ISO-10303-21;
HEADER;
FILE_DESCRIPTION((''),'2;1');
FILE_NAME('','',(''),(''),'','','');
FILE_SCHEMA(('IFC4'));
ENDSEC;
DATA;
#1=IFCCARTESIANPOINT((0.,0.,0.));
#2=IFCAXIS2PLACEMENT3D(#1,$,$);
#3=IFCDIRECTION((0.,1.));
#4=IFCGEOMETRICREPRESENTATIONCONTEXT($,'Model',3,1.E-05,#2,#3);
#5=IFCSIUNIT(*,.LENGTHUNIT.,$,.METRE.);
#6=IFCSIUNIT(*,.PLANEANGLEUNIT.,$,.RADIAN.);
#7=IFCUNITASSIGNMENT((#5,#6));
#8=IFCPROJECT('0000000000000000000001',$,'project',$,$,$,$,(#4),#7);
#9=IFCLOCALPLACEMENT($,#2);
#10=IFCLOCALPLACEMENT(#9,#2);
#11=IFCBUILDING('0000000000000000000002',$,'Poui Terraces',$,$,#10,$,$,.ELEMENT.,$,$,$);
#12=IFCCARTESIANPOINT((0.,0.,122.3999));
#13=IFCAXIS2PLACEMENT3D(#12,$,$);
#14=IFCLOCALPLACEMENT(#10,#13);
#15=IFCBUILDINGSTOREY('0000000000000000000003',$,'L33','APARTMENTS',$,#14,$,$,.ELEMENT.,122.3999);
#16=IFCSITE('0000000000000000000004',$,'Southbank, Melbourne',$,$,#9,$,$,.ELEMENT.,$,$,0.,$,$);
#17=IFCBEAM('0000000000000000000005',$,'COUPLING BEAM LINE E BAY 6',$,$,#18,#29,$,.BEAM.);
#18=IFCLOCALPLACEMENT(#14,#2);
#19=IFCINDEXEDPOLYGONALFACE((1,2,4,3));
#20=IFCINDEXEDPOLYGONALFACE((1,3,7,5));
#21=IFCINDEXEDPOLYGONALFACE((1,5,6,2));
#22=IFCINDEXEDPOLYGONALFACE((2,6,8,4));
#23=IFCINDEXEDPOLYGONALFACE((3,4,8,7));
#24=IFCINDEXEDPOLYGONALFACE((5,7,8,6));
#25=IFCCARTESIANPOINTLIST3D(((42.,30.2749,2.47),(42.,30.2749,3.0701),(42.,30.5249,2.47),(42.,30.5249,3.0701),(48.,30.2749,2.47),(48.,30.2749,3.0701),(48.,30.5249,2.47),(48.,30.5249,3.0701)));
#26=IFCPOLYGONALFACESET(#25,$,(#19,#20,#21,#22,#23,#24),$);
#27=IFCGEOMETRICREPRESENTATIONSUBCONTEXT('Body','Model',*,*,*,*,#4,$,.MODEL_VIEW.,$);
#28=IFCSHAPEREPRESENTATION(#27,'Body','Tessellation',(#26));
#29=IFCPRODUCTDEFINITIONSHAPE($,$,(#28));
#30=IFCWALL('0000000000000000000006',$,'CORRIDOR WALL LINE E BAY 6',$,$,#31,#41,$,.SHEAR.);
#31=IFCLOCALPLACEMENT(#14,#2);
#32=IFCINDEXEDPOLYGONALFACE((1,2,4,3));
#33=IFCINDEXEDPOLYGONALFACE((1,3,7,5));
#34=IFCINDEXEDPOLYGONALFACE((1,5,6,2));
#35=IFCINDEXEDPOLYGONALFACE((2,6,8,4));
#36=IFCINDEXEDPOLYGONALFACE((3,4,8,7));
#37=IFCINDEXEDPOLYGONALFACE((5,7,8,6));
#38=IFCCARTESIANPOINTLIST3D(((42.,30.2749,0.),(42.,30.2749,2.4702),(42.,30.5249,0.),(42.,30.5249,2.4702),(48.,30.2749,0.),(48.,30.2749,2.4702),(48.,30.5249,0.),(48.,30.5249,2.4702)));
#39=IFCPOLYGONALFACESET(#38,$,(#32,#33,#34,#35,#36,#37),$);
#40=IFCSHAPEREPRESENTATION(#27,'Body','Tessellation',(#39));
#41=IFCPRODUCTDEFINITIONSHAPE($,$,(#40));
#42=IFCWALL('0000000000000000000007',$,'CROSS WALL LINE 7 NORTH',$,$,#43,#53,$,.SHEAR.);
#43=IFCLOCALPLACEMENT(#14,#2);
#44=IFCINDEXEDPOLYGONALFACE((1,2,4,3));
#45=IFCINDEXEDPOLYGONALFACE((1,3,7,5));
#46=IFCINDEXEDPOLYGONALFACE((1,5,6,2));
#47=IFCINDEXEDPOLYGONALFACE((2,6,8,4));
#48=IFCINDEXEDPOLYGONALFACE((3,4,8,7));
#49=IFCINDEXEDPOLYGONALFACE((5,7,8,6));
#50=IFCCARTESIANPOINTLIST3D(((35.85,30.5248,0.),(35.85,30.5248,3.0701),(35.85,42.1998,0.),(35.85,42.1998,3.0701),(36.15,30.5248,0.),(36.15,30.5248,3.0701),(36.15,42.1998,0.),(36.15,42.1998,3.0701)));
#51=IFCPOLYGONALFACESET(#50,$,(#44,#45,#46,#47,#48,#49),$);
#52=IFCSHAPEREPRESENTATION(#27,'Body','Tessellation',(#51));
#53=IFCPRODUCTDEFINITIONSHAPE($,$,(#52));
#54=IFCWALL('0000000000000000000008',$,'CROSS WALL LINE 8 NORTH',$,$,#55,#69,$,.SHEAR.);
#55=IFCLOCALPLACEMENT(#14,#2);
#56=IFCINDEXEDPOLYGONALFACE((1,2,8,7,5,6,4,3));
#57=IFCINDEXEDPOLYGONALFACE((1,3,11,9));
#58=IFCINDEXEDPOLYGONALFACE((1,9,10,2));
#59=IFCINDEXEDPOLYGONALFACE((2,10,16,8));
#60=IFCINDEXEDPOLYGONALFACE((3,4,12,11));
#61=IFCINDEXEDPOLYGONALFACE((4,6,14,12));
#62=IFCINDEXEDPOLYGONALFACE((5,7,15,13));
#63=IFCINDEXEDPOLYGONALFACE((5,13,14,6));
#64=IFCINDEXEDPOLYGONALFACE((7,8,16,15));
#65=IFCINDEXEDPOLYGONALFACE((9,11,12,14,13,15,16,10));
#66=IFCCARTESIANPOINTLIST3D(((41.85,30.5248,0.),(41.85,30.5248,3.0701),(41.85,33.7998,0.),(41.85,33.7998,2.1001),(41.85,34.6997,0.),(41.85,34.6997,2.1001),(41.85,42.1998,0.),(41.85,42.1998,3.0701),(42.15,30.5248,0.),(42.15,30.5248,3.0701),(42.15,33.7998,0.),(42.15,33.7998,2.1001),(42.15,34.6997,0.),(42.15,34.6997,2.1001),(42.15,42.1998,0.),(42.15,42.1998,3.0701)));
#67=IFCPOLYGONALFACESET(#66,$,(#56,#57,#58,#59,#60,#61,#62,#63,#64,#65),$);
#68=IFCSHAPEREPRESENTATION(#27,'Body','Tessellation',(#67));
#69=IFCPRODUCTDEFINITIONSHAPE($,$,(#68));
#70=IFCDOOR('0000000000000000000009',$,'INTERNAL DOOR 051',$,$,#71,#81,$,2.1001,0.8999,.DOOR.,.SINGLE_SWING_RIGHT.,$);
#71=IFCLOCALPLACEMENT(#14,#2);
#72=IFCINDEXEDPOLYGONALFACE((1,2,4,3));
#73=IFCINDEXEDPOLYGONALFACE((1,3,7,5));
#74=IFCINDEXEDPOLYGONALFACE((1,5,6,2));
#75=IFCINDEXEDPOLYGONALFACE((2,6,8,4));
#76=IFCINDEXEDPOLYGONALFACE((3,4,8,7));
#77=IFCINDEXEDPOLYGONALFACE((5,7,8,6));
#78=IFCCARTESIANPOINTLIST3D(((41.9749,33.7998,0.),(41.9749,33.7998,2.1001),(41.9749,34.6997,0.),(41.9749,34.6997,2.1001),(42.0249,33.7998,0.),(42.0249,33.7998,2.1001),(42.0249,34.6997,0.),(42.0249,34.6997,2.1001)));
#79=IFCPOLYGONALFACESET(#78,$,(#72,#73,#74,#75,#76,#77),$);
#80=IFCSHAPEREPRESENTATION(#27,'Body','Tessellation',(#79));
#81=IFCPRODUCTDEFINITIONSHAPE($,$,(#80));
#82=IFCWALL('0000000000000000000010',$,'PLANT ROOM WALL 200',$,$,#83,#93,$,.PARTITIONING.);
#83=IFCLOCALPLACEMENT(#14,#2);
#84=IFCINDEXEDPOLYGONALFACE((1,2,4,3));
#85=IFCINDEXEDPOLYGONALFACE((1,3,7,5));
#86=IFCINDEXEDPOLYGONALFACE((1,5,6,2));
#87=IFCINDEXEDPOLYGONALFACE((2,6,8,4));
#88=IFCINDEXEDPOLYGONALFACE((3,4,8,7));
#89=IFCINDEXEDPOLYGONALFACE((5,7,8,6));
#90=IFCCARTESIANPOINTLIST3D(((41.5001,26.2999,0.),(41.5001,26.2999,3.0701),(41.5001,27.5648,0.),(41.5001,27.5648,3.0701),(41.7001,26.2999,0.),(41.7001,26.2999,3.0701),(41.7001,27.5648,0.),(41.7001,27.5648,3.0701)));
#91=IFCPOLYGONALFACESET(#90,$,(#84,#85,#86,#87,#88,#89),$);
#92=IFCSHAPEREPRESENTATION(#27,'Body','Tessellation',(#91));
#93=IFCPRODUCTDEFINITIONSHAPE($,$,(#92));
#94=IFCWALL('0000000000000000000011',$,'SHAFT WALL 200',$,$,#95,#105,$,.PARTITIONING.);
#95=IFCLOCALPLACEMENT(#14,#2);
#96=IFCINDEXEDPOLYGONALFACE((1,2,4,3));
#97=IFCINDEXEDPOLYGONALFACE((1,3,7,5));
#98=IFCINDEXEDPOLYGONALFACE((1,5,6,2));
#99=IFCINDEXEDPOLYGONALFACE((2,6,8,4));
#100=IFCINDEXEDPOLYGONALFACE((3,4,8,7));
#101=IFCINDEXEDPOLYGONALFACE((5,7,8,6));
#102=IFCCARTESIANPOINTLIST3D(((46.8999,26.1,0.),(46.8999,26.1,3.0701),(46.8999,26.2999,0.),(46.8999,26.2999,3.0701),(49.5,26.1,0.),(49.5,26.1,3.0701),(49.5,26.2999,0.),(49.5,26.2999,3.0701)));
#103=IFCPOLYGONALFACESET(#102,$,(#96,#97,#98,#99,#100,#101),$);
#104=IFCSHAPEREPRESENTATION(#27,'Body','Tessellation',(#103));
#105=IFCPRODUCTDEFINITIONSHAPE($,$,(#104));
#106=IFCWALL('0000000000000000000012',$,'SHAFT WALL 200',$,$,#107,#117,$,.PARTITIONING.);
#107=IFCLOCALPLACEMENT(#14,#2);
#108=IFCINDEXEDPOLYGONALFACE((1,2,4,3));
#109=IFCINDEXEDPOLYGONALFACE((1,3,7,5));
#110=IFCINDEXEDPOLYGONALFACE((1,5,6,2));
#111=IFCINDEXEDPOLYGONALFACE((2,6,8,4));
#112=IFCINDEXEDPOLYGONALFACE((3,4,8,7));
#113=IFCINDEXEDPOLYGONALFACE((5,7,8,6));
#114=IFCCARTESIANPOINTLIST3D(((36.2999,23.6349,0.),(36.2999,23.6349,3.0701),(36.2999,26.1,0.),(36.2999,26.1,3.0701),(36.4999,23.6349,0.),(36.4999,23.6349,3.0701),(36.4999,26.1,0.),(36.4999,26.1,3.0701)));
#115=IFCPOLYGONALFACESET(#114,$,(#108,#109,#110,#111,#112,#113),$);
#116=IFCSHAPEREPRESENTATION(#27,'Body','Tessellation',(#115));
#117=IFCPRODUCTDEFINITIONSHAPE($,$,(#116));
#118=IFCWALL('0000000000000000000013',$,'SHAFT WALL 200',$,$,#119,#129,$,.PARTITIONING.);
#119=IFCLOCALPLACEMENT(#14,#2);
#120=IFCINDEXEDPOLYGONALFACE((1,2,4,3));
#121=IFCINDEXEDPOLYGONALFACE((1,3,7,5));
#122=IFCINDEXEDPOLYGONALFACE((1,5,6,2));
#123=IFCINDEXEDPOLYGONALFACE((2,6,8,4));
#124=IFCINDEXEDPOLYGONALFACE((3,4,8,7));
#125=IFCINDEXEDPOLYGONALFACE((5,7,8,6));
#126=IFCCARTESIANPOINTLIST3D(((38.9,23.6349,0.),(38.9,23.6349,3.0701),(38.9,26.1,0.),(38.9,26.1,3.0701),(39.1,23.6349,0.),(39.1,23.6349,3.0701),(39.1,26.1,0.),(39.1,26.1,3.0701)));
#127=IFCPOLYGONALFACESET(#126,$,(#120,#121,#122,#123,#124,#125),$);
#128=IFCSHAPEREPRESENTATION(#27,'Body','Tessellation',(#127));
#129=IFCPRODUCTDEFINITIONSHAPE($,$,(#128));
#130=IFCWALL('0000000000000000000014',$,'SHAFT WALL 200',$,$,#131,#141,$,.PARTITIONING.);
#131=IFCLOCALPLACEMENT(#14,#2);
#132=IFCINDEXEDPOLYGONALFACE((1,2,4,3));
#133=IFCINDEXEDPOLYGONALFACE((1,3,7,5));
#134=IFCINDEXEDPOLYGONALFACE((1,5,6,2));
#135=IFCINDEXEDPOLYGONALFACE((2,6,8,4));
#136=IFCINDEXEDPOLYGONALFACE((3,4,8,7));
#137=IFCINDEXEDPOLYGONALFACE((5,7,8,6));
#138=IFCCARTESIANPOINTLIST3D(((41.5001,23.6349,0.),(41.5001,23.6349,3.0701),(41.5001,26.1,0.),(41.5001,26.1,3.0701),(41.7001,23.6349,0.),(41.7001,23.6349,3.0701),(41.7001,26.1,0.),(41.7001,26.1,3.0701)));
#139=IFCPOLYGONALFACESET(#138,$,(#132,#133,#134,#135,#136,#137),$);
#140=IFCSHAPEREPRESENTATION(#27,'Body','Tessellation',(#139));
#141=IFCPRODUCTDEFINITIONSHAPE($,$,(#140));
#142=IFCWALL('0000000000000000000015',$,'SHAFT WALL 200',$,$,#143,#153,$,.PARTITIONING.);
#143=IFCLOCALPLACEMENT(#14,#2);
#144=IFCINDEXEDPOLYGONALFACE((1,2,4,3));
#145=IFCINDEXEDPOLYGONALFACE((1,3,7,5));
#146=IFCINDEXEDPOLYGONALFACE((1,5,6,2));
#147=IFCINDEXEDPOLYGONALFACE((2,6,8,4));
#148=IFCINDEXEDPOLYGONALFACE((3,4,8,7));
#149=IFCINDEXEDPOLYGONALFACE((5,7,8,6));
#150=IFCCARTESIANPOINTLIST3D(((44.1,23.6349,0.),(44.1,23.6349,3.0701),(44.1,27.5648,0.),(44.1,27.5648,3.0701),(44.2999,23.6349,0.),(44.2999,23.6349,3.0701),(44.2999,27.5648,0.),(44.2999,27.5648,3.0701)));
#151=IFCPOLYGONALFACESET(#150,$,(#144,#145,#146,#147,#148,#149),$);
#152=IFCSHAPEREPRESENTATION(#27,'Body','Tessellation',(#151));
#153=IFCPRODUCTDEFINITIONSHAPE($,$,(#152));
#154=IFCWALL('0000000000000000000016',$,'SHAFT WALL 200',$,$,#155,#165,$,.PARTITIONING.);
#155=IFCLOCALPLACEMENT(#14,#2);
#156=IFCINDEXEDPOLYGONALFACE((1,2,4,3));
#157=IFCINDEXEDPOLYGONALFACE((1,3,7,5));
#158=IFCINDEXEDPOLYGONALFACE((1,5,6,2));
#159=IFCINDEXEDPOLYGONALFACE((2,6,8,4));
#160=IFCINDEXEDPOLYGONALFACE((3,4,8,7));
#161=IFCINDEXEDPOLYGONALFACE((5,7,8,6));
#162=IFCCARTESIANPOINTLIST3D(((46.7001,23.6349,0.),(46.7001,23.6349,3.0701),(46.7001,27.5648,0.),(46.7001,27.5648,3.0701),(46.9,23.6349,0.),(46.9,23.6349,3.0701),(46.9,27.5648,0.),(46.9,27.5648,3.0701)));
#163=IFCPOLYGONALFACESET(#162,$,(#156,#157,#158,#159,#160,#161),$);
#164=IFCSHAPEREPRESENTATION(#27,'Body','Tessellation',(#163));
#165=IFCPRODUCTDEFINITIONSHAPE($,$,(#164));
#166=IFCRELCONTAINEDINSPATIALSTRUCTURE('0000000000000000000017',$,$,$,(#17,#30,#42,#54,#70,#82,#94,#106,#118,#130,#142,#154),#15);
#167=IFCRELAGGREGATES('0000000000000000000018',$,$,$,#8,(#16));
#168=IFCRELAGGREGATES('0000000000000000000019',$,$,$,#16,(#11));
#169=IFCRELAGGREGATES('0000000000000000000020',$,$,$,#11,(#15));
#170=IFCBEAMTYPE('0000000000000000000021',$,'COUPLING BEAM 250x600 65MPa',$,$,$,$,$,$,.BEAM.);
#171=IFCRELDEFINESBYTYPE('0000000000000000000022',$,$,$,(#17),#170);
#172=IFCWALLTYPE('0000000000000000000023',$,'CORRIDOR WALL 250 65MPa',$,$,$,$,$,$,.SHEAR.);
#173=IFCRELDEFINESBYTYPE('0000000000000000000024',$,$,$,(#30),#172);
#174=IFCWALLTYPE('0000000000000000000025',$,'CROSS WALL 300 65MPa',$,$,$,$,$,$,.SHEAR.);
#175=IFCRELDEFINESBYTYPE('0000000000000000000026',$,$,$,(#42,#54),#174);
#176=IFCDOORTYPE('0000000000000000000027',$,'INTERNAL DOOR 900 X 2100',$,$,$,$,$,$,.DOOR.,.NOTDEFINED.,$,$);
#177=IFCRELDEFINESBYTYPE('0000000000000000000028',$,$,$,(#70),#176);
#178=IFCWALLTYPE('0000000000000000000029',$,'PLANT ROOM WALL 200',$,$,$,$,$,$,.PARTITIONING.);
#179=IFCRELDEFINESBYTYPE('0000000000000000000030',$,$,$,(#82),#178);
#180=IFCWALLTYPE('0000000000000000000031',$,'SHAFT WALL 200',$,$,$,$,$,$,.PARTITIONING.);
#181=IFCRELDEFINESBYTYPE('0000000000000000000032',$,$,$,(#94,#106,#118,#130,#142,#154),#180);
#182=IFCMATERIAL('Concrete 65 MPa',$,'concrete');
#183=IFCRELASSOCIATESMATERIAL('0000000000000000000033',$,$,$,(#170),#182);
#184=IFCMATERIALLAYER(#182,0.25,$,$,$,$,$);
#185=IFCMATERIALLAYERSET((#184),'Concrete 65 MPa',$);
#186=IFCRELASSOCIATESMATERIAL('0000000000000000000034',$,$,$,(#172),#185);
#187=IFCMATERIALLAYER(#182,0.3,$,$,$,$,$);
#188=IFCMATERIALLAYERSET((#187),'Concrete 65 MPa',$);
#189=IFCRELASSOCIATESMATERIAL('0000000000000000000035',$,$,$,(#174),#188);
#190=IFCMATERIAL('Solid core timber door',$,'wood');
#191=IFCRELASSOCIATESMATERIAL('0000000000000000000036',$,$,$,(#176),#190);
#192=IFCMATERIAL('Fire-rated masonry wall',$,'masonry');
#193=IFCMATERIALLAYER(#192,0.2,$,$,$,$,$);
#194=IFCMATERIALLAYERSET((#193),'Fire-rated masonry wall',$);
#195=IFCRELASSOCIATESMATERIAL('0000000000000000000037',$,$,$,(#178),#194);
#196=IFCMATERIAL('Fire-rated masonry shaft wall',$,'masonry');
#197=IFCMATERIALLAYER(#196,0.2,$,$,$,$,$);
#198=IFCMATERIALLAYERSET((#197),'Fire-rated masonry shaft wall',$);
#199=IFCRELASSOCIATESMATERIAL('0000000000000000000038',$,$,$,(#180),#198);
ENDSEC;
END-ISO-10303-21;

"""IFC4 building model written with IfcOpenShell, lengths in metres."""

from ifc_helpers import new_model, si_unit, direction, frame, frame_2d, origin, origin_2d, place, context, subcontext, project, spatial, rectangle, extrude, source, transform, mapped, material, layer, layer_set, material_profile, profile_set, type_object, element, fill, save


model = new_model("IFC4")

# Units and contexts
model_context = context("Model", 3, precision=1e-05, world=origin(), true_north=direction((0.0, 1.0)))
body_context = subcontext(model_context, "Body", "Model", "MODEL_VIEW")
ifc_project = project(units=[si_unit("LENGTHUNIT", "METRE"), si_unit("PLANEANGLEUNIT", "RADIAN")], contexts=[model_context])

# Site, building, storey
site_placement = place(None, origin())
site = spatial("IfcSite", under=ifc_project, at=site_placement, Name="Southbank, Melbourne", CompositionType="ELEMENT", RefElevation=0.0)
building_placement = place(site_placement, origin())
building = spatial("IfcBuilding", under=site, at=building_placement, Name="Poui Terraces", CompositionType="ELEMENT")
storey_placement = place(building_placement, frame((0.0, 0.0, 122.3999)))
storey = spatial("IfcBuildingStorey", under=building, at=storey_placement, Name="L33", Description="APARTMENTS", CompositionType="ELEMENT", Elevation=122.3999)

# Beam
ifc_material_1 = material(Name="Concrete 65 MPa", Category="concrete")
ifc_material_profile = material_profile(ifc_material_1, rectangle(XDim=0.25, YDim=0.6001, at=origin_2d()), Name="RC 250x600")
ifc_profile_set = profile_set([ifc_material_profile], Name="Concrete 65 MPa")
beam_type = type_object("IfcBeamType", Name="COUPLING BEAM 250x600 65MPa", PredefinedType="BEAM", material=ifc_profile_set)
shared_shape = source(origin(), body_context, "Body", "SweptSolid", [
    extrude(rectangle(XDim=0.25, YDim=0.6001, at=origin_2d()), origin(), (0.0, 0.0, 1.0), 6.0),
])
beam_placement = place(storey_placement, frame((42.0, 30.3999, 2.77), z_axis=(1.0, 0.0, 0.0), x_axis=(0.0, 1.0, 0.0)))
element("IfcBeam", 1, at=beam_placement, inside=storey, type_object=beam_type, Name="COUPLING BEAM LINE E BAY 6", PredefinedType="BEAM", context=body_context, shape_type="MappedRepresentation", body=[
    mapped(shared_shape, transform((0.0, 0.0, 0.0))),
])

# Walls
ifc_layer_1 = layer(ifc_material_1, 0.25)
ifc_layer_set_1 = layer_set([ifc_layer_1], Name="Concrete 65 MPa")
wall_type_1 = type_object("IfcWallType", Name="CORRIDOR WALL 250 65MPa", PredefinedType="SHEAR", material=ifc_layer_set_1)
wall_1_placement = place(storey_placement, frame((42.0, 30.3999, 0.0), z_axis=(0.0, 0.0, 1.0), x_axis=(1.0, 0.0, 0.0)))
element("IfcWall", 2, at=wall_1_placement, inside=storey, type_object=wall_type_1, Name="CORRIDOR WALL LINE E BAY 6", PredefinedType="SHEAR", context=body_context, shape_type="SweptSolid", body=[
    extrude(rectangle(XDim=6.0, YDim=0.25, at=frame_2d((3.0, 0.0))), origin(), (0.0, 0.0, 1.0), 2.4702),
])
ifc_layer_2 = layer(ifc_material_1, 0.3)
ifc_layer_set_2 = layer_set([ifc_layer_2], Name="Concrete 65 MPa")
wall_type_2 = type_object("IfcWallType", Name="CROSS WALL 300 65MPa", PredefinedType="SHEAR", material=ifc_layer_set_2)
wall_2_placement = place(storey_placement, frame((36.0, 30.5249, 0.0), z_axis=(0.0, 0.0, 1.0), x_axis=(0.0, 1.0, 0.0)))
element("IfcWall", 3, at=wall_2_placement, inside=storey, type_object=wall_type_2, Name="CROSS WALL LINE 7 NORTH", PredefinedType="SHEAR", context=body_context, shape_type="SweptSolid", body=[
    extrude(rectangle(XDim=11.675, YDim=0.3, at=frame_2d((5.8374, 0.0))), origin(), (0.0, 0.0, 1.0), 3.0701),
])

# Wall, opening, door
wall_3_placement = place(storey_placement, frame((42.0, 30.5249, 0.0), z_axis=(0.0, 0.0, 1.0), x_axis=(0.0, 1.0, 0.0)))
wall_3 = element("IfcWall", 4, at=wall_3_placement, inside=storey, type_object=wall_type_2, Name="CROSS WALL LINE 8 NORTH", PredefinedType="SHEAR", context=body_context, shape_type="SweptSolid", body=[
    extrude(rectangle(XDim=11.675, YDim=0.3, at=frame_2d((5.8374, 0.0))), origin(), (0.0, 0.0, 1.0), 3.0701),
])
opening_placement = place(wall_3_placement, frame((3.2749, 0.0, 0.0)))
opening = element("IfcOpeningElement", 5, at=opening_placement, cuts=wall_3, PredefinedType="OPENING", context=body_context, shape_type="SweptSolid", body=[
    extrude(rectangle(XDim=0.8999, YDim=2.1001, at=frame_2d((0.45, 1.05))), frame((0.0, 0.1602, 0.0), z_axis=(0.0, -1.0, 0.0), x_axis=(1.0, 0.0, 0.0)), (0.0, 0.0, 1.0), 0.3201),
])
ifc_material_2 = material(Name="Solid core timber door", Category="wood")
door_type = type_object("IfcDoorType", Name="INTERNAL DOOR 900 X 2100", OperationType="NOTDEFINED", PredefinedType="DOOR", material=ifc_material_2)
door_placement = place(opening_placement, frame((0.8999, 0.0, 0.0), z_axis=(0.0, 0.0, 1.0), x_axis=(-1.0, 0.0, 0.0)))
door = element("IfcDoor", 6, at=door_placement, inside=storey, type_object=door_type, Name="INTERNAL DOOR 051", OperationType="SINGLE_SWING_RIGHT", OverallHeight=2.1001, OverallWidth=0.8999, PredefinedType="DOOR", context=body_context, shape_type="SweptSolid", body=[
    extrude(rectangle(XDim=0.8999, YDim=2.1001, at=frame_2d((0.45, 1.05))), frame((0.0, 0.0249, 0.0), z_axis=(0.0, -1.0, 0.0), x_axis=(1.0, 0.0, 0.0)), (0.0, 0.0, 1.0), 0.05),
])
fill(opening, door)

# Walls
ifc_material_3 = material(Name="Fire-rated masonry wall", Category="masonry")
ifc_layer_3 = layer(ifc_material_3, 0.2)
ifc_layer_set_3 = layer_set([ifc_layer_3], Name="Fire-rated masonry wall")
wall_type_3 = type_object("IfcWallType", Name="PLANT ROOM WALL 200", PredefinedType="PARTITIONING", material=ifc_layer_set_3)
wall_4_placement = place(storey_placement, frame((41.6001, 26.3, 0.0), z_axis=(0.0, 0.0, 1.0), x_axis=(0.0, 1.0, 0.0)))
element("IfcWall", 7, at=wall_4_placement, inside=storey, type_object=wall_type_3, Name="PLANT ROOM WALL 200", PredefinedType="PARTITIONING", context=body_context, shape_type="SweptSolid", body=[
    extrude(rectangle(XDim=1.2649, YDim=0.2, at=frame_2d((0.6323, 0.0))), origin(), (0.0, 0.0, 1.0), 3.0701),
])
ifc_material_4 = material(Name="Fire-rated masonry shaft wall", Category="masonry")
ifc_layer_4 = layer(ifc_material_4, 0.2)
ifc_layer_set_4 = layer_set([ifc_layer_4], Name="Fire-rated masonry shaft wall")
wall_type_4 = type_object("IfcWallType", Name="SHAFT WALL 200", PredefinedType="PARTITIONING", material=ifc_layer_set_4)
wall_5_placement = place(storey_placement, frame((46.8999, 26.2, 0.0), z_axis=(0.0, 0.0, 1.0), x_axis=(1.0, 0.0, 0.0)))
element("IfcWall", 8, at=wall_5_placement, inside=storey, type_object=wall_type_4, Name="SHAFT WALL 200", PredefinedType="PARTITIONING", context=body_context, shape_type="SweptSolid", body=[
    extrude(rectangle(XDim=2.6001, YDim=0.2, at=frame_2d((1.3, 0.0))), origin(), (0.0, 0.0, 1.0), 3.0701),
])
for number, where, z_axis, x_axis, name in (
    (9, (36.3999, 23.635, 0.0), (0.0, 0.0, 1.0), (0.0, 1.0, 0.0), "SHAFT WALL 200"),
    (10, (39.0, 23.635, 0.0), (0.0, 0.0, 1.0), (0.0, 1.0, 0.0), "SHAFT WALL 200"),
    (11, (41.6001, 23.635, 0.0), (0.0, 0.0, 1.0), (0.0, 1.0, 0.0), "SHAFT WALL 200"),
):
    element("IfcWall", number, at=place(storey_placement, frame(where, z_axis=z_axis, x_axis=x_axis)), inside=storey, type_object=wall_type_4, Name=name, PredefinedType="PARTITIONING", context=body_context, shape_type="SweptSolid", body=[
        extrude(rectangle(XDim=2.4651, YDim=0.2, at=frame_2d((1.2324, 0.0))), origin(), (0.0, 0.0, 1.0), 3.0701),
    ])
for number, where, z_axis, x_axis, name in (
    (12, (44.2, 23.635, 0.0), (0.0, 0.0, 1.0), (0.0, 1.0, 0.0), "SHAFT WALL 200"),
    (13, (46.8, 23.635, 0.0), (0.0, 0.0, 1.0), (0.0, 1.0, 0.0), "SHAFT WALL 200"),
):
    element("IfcWall", number, at=place(storey_placement, frame(where, z_axis=z_axis, x_axis=x_axis)), inside=storey, type_object=wall_type_4, Name=name, PredefinedType="PARTITIONING", context=body_context, shape_type="SweptSolid", body=[
        extrude(rectangle(XDim=3.9299, YDim=0.2, at=frame_2d((1.9648, 0.0))), origin(), (0.0, 0.0, 1.0), 3.0701),
    ])

save(model, "model.ifc")
